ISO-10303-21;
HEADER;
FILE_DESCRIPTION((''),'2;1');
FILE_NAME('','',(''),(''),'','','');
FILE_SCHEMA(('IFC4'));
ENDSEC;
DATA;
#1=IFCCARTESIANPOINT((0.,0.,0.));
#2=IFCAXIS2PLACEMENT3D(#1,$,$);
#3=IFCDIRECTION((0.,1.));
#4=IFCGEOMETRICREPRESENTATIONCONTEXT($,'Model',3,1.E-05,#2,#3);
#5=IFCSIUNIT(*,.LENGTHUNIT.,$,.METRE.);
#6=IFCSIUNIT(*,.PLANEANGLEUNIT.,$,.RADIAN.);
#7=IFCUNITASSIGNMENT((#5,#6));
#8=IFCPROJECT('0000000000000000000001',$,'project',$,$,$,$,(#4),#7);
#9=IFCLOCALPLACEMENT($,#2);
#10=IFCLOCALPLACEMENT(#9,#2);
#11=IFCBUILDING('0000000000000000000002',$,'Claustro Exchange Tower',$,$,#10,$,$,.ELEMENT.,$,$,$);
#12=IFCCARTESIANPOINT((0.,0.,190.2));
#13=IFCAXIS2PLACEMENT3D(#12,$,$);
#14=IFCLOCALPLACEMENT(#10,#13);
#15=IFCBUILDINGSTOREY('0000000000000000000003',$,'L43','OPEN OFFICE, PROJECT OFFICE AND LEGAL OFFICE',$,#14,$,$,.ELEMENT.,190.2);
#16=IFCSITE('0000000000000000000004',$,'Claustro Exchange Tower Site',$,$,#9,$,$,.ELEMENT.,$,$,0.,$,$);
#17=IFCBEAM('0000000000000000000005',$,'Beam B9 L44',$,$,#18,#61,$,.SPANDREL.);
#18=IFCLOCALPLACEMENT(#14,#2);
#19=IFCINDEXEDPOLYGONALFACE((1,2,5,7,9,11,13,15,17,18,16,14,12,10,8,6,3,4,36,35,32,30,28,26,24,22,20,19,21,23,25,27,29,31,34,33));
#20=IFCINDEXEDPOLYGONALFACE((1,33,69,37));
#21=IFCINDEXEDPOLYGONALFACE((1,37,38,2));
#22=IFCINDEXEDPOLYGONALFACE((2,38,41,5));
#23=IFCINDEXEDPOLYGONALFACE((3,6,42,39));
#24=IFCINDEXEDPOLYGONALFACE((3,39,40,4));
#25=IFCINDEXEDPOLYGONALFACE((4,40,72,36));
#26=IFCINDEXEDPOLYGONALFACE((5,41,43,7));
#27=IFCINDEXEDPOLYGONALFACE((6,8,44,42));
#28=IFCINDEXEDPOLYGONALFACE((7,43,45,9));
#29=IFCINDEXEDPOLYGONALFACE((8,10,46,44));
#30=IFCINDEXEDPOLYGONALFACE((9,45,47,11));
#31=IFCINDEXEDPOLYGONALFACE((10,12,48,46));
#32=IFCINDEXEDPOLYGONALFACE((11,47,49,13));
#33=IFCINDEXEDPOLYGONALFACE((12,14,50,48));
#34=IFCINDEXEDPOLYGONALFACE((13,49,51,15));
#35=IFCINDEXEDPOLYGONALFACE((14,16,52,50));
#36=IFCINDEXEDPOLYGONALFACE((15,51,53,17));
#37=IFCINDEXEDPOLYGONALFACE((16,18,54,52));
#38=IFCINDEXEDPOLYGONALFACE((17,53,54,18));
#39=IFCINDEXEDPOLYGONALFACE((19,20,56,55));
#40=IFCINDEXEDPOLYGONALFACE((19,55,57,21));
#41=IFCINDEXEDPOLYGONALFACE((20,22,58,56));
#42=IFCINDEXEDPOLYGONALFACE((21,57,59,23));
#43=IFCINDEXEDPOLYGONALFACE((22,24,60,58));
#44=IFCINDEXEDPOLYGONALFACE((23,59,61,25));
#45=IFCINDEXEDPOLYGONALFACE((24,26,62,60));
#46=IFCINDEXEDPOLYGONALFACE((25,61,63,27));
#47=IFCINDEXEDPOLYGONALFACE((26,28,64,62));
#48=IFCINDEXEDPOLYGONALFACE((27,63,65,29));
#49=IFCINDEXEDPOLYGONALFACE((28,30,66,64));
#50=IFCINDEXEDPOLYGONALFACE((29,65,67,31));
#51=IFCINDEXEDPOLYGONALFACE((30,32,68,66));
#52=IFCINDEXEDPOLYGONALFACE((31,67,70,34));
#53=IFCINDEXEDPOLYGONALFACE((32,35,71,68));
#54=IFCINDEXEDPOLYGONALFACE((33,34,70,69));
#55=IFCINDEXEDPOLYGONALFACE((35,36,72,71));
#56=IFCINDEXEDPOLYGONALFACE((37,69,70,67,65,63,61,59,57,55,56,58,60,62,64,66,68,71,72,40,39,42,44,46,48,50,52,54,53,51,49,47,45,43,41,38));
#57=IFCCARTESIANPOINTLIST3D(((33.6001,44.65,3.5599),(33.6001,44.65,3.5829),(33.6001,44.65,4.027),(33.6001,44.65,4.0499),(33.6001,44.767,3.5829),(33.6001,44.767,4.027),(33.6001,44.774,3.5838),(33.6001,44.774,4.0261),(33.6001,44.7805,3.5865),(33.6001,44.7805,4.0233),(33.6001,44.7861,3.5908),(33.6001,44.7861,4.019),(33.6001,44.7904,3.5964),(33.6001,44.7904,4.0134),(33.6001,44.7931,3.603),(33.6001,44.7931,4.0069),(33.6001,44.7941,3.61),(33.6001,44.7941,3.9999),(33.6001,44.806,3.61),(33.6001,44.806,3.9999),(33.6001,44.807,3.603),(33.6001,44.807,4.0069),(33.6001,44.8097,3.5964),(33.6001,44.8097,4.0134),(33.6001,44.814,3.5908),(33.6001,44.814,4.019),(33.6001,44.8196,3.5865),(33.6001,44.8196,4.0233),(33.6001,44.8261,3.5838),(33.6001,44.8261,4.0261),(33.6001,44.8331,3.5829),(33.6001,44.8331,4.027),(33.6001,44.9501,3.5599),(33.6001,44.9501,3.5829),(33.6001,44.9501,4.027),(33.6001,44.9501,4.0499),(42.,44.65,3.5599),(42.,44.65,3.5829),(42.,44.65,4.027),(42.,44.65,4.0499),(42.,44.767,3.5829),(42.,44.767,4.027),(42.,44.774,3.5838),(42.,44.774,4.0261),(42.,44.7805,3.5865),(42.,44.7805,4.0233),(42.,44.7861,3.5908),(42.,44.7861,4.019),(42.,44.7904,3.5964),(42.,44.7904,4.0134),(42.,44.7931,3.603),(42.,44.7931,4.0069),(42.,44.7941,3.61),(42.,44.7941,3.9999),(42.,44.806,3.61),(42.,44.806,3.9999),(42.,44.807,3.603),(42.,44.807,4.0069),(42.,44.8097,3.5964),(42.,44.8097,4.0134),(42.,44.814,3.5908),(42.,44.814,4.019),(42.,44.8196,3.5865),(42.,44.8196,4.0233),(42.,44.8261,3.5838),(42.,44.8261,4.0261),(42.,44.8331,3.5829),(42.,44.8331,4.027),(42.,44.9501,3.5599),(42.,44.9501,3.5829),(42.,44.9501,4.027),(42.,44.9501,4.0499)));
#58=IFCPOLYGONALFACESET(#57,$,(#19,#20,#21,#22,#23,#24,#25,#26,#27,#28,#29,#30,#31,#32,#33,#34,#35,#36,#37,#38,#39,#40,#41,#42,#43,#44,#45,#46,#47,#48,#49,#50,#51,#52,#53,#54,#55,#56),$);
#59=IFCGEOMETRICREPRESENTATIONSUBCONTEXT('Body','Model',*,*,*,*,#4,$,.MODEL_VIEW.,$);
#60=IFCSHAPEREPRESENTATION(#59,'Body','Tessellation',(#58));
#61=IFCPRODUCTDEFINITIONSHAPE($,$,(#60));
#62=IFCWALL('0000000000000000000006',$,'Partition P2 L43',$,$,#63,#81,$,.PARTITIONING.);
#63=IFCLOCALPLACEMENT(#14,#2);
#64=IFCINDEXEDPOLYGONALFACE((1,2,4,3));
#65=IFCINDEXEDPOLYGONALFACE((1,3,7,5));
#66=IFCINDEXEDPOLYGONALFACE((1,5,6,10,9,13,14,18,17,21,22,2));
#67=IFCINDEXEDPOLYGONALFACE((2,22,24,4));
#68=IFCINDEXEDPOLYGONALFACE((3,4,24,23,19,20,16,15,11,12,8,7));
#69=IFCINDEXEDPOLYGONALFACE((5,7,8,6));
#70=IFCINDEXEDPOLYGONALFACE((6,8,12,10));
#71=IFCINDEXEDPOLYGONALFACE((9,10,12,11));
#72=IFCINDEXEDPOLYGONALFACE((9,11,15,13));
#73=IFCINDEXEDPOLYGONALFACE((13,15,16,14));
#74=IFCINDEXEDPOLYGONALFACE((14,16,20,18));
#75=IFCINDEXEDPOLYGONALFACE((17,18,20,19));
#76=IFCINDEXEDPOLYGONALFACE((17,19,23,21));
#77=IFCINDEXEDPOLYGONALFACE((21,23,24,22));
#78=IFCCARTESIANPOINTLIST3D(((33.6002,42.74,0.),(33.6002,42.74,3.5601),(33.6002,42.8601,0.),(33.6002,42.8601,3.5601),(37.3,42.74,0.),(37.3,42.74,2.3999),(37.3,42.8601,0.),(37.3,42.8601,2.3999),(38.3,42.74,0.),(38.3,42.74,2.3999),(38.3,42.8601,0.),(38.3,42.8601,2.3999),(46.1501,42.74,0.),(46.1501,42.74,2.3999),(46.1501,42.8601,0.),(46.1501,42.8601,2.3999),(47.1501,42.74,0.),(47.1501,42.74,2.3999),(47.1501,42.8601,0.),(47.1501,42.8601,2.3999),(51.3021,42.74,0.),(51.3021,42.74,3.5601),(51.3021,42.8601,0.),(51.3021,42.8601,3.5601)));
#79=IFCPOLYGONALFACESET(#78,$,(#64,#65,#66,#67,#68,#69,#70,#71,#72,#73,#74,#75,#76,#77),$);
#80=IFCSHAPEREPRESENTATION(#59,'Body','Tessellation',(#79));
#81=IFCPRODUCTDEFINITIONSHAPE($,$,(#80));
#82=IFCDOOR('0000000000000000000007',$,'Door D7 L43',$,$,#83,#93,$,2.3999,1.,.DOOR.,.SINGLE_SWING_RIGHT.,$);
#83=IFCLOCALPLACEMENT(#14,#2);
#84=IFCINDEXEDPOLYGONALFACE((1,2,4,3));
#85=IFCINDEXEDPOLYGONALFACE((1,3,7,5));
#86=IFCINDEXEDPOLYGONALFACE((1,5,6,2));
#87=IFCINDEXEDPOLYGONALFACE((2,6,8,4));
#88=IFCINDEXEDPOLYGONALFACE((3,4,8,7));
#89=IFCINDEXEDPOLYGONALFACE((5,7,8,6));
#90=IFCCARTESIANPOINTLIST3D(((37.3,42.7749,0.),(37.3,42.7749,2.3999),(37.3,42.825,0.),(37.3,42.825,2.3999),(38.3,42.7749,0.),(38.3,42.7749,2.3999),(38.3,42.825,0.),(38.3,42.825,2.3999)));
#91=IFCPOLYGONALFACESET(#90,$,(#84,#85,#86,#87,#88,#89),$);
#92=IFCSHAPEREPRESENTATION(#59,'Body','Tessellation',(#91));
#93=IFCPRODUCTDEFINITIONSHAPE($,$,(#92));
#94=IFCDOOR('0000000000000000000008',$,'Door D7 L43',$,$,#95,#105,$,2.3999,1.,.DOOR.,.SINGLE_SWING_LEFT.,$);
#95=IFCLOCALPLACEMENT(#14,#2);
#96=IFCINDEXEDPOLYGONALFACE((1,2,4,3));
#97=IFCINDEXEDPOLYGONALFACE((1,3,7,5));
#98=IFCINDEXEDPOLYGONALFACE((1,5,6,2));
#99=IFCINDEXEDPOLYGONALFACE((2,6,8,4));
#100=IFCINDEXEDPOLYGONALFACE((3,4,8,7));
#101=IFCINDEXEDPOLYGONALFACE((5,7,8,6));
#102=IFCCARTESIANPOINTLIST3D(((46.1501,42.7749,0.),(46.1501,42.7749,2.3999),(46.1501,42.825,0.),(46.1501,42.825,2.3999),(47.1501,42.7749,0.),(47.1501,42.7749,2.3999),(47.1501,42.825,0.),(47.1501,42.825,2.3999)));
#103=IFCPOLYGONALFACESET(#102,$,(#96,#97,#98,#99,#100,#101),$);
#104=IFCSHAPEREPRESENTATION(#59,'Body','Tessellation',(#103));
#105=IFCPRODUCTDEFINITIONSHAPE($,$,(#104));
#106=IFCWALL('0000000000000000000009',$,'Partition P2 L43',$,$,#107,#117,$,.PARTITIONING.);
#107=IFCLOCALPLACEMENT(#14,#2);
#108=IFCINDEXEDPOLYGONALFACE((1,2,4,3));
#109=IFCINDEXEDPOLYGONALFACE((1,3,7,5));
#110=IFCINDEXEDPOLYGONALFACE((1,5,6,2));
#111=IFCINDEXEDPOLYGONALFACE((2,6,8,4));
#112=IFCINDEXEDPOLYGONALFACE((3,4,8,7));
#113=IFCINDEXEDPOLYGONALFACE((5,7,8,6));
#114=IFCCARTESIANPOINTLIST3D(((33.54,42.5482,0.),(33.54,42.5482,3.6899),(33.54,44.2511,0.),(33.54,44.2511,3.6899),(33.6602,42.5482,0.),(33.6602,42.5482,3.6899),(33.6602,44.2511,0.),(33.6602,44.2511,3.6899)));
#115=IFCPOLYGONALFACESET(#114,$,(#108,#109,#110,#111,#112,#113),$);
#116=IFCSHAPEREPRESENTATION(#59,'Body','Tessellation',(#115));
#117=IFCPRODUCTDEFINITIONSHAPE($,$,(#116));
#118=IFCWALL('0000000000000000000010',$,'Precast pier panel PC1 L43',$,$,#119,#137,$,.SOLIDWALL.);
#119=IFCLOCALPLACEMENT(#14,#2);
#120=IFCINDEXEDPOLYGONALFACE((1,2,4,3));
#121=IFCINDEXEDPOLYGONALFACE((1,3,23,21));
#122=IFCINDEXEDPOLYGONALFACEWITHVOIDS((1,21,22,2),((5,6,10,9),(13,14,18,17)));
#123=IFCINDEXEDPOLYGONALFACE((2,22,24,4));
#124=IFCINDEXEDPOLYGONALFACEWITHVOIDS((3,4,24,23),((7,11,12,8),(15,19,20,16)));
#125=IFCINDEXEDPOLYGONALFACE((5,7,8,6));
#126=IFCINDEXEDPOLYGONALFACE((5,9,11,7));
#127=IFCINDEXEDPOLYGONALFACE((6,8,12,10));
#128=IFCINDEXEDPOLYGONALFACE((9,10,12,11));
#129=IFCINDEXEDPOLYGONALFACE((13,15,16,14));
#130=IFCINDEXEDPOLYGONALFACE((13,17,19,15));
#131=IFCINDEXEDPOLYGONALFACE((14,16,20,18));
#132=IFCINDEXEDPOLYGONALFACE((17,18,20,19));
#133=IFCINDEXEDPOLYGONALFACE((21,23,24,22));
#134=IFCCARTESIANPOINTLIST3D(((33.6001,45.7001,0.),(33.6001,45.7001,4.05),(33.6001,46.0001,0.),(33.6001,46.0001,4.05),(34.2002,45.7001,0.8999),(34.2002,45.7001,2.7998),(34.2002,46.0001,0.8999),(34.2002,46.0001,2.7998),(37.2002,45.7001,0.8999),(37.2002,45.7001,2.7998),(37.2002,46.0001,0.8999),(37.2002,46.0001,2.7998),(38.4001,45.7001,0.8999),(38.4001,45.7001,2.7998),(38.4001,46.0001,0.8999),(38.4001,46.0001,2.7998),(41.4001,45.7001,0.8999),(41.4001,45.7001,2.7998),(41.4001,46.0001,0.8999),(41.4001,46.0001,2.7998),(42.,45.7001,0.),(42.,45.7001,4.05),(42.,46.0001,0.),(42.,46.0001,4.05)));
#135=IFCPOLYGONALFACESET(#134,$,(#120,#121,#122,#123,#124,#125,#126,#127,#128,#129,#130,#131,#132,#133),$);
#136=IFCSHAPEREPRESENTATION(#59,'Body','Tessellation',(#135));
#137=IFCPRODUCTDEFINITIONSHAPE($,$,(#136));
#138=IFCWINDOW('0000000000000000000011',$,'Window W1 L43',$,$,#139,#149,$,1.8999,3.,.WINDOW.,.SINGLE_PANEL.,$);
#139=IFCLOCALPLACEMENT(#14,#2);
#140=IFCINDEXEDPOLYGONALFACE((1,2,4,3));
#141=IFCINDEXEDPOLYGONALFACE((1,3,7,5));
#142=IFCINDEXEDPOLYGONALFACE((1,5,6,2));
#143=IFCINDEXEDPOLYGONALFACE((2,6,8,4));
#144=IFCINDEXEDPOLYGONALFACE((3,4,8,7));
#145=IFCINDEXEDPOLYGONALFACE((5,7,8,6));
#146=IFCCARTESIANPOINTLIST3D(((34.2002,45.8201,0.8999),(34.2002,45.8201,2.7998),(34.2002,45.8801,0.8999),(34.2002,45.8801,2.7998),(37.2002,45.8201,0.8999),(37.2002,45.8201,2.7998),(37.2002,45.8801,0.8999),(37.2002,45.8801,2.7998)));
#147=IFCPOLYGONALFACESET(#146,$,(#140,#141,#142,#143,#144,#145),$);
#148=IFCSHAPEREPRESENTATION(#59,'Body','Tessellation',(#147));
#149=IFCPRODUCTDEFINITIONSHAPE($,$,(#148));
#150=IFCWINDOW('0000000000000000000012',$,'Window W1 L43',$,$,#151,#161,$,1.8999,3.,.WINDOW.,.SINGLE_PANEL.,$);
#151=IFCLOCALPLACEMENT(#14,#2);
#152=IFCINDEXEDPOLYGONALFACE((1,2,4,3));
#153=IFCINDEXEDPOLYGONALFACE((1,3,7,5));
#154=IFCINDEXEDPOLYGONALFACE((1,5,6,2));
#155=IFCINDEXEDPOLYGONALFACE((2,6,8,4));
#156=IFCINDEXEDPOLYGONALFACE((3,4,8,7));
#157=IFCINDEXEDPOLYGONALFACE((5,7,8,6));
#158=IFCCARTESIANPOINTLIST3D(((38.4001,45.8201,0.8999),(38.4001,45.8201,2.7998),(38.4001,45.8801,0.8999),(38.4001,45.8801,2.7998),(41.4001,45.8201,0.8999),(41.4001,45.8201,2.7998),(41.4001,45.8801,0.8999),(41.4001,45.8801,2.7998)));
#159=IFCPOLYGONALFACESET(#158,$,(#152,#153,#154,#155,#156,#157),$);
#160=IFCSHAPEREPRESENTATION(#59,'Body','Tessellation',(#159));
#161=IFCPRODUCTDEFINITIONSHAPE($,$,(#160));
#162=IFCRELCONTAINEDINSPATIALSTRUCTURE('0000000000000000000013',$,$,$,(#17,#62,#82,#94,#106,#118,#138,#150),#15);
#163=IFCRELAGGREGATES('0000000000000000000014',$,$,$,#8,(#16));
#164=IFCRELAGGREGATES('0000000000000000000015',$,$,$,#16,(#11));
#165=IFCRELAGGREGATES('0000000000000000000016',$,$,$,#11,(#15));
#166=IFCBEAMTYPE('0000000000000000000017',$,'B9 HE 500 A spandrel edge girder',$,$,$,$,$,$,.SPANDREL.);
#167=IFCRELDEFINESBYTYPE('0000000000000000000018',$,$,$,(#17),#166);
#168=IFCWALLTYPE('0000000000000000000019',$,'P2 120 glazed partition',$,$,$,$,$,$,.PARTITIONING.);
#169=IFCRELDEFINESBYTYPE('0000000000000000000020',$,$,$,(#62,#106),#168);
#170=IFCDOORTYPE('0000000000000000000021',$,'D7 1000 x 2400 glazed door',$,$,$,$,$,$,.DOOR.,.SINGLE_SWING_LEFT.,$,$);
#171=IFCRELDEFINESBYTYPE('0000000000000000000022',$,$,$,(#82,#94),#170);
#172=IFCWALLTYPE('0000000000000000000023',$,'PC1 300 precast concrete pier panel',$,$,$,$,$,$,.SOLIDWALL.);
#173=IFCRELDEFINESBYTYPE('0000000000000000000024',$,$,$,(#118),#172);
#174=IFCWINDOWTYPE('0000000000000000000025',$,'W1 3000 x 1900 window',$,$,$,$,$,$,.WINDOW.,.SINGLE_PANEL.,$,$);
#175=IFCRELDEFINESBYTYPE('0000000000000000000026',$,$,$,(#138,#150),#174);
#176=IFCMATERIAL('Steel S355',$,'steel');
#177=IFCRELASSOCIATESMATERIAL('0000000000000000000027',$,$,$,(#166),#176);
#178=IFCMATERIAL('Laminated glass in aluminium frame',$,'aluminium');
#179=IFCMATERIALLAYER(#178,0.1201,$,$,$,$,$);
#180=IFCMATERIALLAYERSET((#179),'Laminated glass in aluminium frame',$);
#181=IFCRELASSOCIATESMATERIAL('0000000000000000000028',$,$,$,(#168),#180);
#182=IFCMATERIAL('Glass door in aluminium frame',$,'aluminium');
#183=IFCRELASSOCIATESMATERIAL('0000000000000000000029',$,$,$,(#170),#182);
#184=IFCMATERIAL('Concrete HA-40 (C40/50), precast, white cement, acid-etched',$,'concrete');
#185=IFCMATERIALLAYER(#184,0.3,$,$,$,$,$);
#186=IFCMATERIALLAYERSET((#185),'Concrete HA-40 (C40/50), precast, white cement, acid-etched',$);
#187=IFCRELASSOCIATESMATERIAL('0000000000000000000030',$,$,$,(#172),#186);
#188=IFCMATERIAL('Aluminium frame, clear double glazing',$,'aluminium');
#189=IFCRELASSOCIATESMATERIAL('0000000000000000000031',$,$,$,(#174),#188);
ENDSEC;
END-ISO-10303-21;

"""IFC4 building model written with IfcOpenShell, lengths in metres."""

from ifc_helpers import new_model, si_unit, direction, frame, frame_2d, origin, origin_2d, place, context, subcontext, project, spatial, rectangle, i_section, extrude, material, layer, layer_set, material_profile, profile_set, type_object, element, fill, save


model = new_model("IFC4")

# Units and contexts
model_context = context("Model", 3, precision=1e-05, world=origin(), true_north=direction((0.0, 1.0)))
body_context = subcontext(model_context, "Body", "Model", "MODEL_VIEW")
ifc_project = project(units=[si_unit("LENGTHUNIT", "METRE"), si_unit("PLANEANGLEUNIT", "RADIAN")], contexts=[model_context])

# Site, building, storey
site_placement = place(None, origin())
site = spatial("IfcSite", under=ifc_project, at=site_placement, Name="Claustro Exchange Tower Site", CompositionType="ELEMENT", RefElevation=0.0)
building_placement = place(site_placement, origin())
building = spatial("IfcBuilding", under=site, at=building_placement, Name="Claustro Exchange Tower", CompositionType="ELEMENT")
storey_placement = place(building_placement, frame((0.0, 0.0, 190.2)))
storey = spatial("IfcBuildingStorey", under=building, at=storey_placement, Name="L43", Description="OPEN OFFICE, PROJECT OFFICE AND LEGAL OFFICE", CompositionType="ELEMENT", Elevation=190.2)

# Beam
ifc_material_1 = material(Name="Steel S355", Category="steel")
ifc_material_profile_1 = material_profile(ifc_material_1, i_section(OverallWidth=0.3, OverallDepth=0.49, WebThickness=0.012, FlangeThickness=0.0229, FilletRadius=0.0271, at=origin_2d()), Name="HE 500 A")
ifc_profile_set_1 = profile_set([ifc_material_profile_1], Name="Steel S355")
beam_type_1 = type_object("IfcBeamType", Name="B9 HE 500 A spandrel edge girder", PredefinedType="SPANDREL", material=ifc_profile_set_1)
beam_1_placement = place(storey_placement, frame((33.6001, 44.8, 3.8049), z_axis=(1.0, 0.0, 0.0), x_axis=(0.0, 1.0, 0.0)))
element("IfcBeam", 1, at=beam_1_placement, inside=storey, type_object=beam_type_1, Name="Beam B9 L44", PredefinedType="SPANDREL", context=body_context, shape_type="SweptSolid", body=[
    extrude(i_section(OverallWidth=0.3, OverallDepth=0.49, WebThickness=0.012, FlangeThickness=0.0229, FilletRadius=0.0271, at=origin_2d()), origin(), (0.0, 0.0, 1.0), 8.3999),
])

# Wall, openings, doors
ifc_material_2 = material(Name="Laminated glass in aluminium frame", Category="aluminium")
ifc_layer_1 = layer(ifc_material_2, 0.1201)
ifc_layer_set_1 = layer_set([ifc_layer_1], Name="Laminated glass in aluminium frame")
wall_type_1 = type_object("IfcWallType", Name="P2 120 glazed partition", PredefinedType="PARTITIONING", material=ifc_layer_set_1)
wall_1_placement = place(storey_placement, frame((33.6001, 42.8, 0.0), z_axis=(0.0, 0.0, 1.0), x_axis=(1.0, 0.0, 0.0)))
wall_1 = element("IfcWall", 2, at=wall_1_placement, inside=storey, type_object=wall_type_1, Name="Partition P2 L43", PredefinedType="PARTITIONING", context=body_context, shape_type="SweptSolid", body=[
    extrude(rectangle(XDim=17.7019, YDim=0.1201, at=frame_2d((8.8511, 0.0))), origin(), (0.0, 0.0, 1.0), 3.5601),
])
opening_1_placement = place(wall_1_placement, frame((3.7, 0.0, 0.0)))
opening_1 = element("IfcOpeningElement", 3, at=opening_1_placement, cuts=wall_1, PredefinedType="OPENING", context=body_context, shape_type="SweptSolid", body=[
    extrude(rectangle(XDim=1.0, YDim=2.3999, at=frame_2d((0.5, 1.2))), frame((0.0, 0.0701, 0.0), z_axis=(0.0, -1.0, 0.0), x_axis=(1.0, 0.0, 0.0)), (0.0, 0.0, 1.0), 0.1401),
])
opening_2_placement = place(wall_1_placement, frame((12.55, 0.0, 0.0)))
opening_2 = element("IfcOpeningElement", 4, at=opening_2_placement, cuts=wall_1, PredefinedType="OPENING", context=body_context, shape_type="SweptSolid", body=[
    extrude(rectangle(XDim=1.0, YDim=2.3999, at=frame_2d((0.5, 1.2))), frame((0.0, 0.0701, 0.0), z_axis=(0.0, -1.0, 0.0), x_axis=(1.0, 0.0, 0.0)), (0.0, 0.0, 1.0), 0.1401),
])
ifc_material_3 = material(Name="Glass door in aluminium frame", Category="aluminium")
door_type_1 = type_object("IfcDoorType", Name="D7 1000 x 2400 glazed door", OperationType="SINGLE_SWING_LEFT", PredefinedType="DOOR", material=ifc_material_3)
door_1_placement = place(opening_1_placement, origin())
door_1 = element("IfcDoor", 5, at=door_1_placement, inside=storey, type_object=door_type_1, Name="Door D7 L43", OperationType="SINGLE_SWING_RIGHT", OverallHeight=2.3999, OverallWidth=1.0, PredefinedType="DOOR", context=body_context, shape_type="SweptSolid", body=[
    extrude(rectangle(XDim=1.0, YDim=2.3999, at=frame_2d((0.5, 1.2))), frame((0.0, 0.0249, 0.0), z_axis=(0.0, -1.0, 0.0), x_axis=(1.0, 0.0, 0.0)), (0.0, 0.0, 1.0), 0.05),
])
fill(opening_1, door_1)
door_2_placement = place(opening_2_placement, origin())
door_2 = element("IfcDoor", 6, at=door_2_placement, inside=storey, type_object=door_type_1, Name="Door D7 L43", OperationType="SINGLE_SWING_LEFT", OverallHeight=2.3999, OverallWidth=1.0, PredefinedType="DOOR", context=body_context, shape_type="SweptSolid", body=[
    extrude(rectangle(XDim=1.0, YDim=2.3999, at=frame_2d((0.5, 1.2))), frame((0.0, 0.0249, 0.0), z_axis=(0.0, -1.0, 0.0), x_axis=(1.0, 0.0, 0.0)), (0.0, 0.0, 1.0), 0.05),
])
fill(opening_2, door_2)

# Wall
wall_2_placement = place(storey_placement, frame((33.6001, 42.5481, 0.0), z_axis=(0.0, 0.0, 1.0), x_axis=(0.0, 1.0, 0.0)))
element("IfcWall", 7, at=wall_2_placement, inside=storey, type_object=wall_type_1, Name="Partition P2 L43", PredefinedType="PARTITIONING", context=body_context, shape_type="SweptSolid", body=[
    extrude(rectangle(XDim=1.7029, YDim=0.1201, at=frame_2d((0.8516, 0.0))), origin(), (0.0, 0.0, 1.0), 3.6899),
])

# Wall, openings, windows
ifc_material_4 = material(Name="Concrete HA-40 (C40/50), precast, white cement, acid-etched", Category="concrete")
ifc_layer_2 = layer(ifc_material_4, 0.3)
ifc_layer_set_2 = layer_set([ifc_layer_2], Name="Concrete HA-40 (C40/50), precast, white cement, acid-etched")
wall_type_2 = type_object("IfcWallType", Name="PC1 300 precast concrete pier panel", PredefinedType="SOLIDWALL", material=ifc_layer_set_2)
wall_3_placement = place(storey_placement, frame((33.6001, 45.8501, 0.0), z_axis=(0.0, 0.0, 1.0), x_axis=(1.0, 0.0, 0.0)))
wall_3 = element("IfcWall", 8, at=wall_3_placement, inside=storey, type_object=wall_type_2, Name="Precast pier panel PC1 L43", PredefinedType="SOLIDWALL", context=body_context, shape_type="SweptSolid", body=[
    extrude(rectangle(XDim=8.3999, YDim=0.3, at=frame_2d((4.2, 0.0))), origin(), (0.0, 0.0, 1.0), 4.05),
])
opening_3_placement = place(wall_3_placement, frame((0.6001, 0.0, 0.8999)))
opening_3 = element("IfcOpeningElement", 9, at=opening_3_placement, cuts=wall_3, PredefinedType="OPENING", context=body_context, shape_type="SweptSolid", body=[
    extrude(rectangle(XDim=3.0, YDim=1.8999, at=frame_2d((1.5, 0.95))), frame((0.0, 0.1599, 0.0), z_axis=(0.0, -1.0, 0.0), x_axis=(1.0, 0.0, 0.0)), (0.0, 0.0, 1.0), 0.3201),
])
opening_4_placement = place(wall_3_placement, frame((4.8, 0.0, 0.8999)))
opening_4 = element("IfcOpeningElement", 10, at=opening_4_placement, cuts=wall_3, PredefinedType="OPENING", context=body_context, shape_type="SweptSolid", body=[
    extrude(rectangle(XDim=3.0, YDim=1.8999, at=frame_2d((1.5, 0.95))), frame((0.0, 0.1599, 0.0), z_axis=(0.0, -1.0, 0.0), x_axis=(1.0, 0.0, 0.0)), (0.0, 0.0, 1.0), 0.3201),
])
ifc_material_5 = material(Name="Aluminium frame, clear double glazing", Category="aluminium")
window_type = type_object("IfcWindowType", Name="W1 3000 x 1900 window", PartitioningType="SINGLE_PANEL", PredefinedType="WINDOW", material=ifc_material_5)
window_1_placement = place(opening_3_placement, origin())
window_1 = element("IfcWindow", 11, at=window_1_placement, inside=storey, type_object=window_type, Name="Window W1 L43", OverallHeight=1.8999, OverallWidth=3.0, PartitioningType="SINGLE_PANEL", PredefinedType="WINDOW", context=body_context, shape_type="SweptSolid", body=[
    extrude(rectangle(XDim=3.0, YDim=1.8999, at=frame_2d((1.5, 0.95))), frame((0.0, 0.03, 0.0), z_axis=(0.0, -1.0, 0.0), x_axis=(1.0, 0.0, 0.0)), (0.0, 0.0, 1.0), 0.0601),
])
fill(opening_3, window_1)
window_2_placement = place(opening_4_placement, origin())
window_2 = element("IfcWindow", 12, at=window_2_placement, inside=storey, type_object=window_type, Name="Window W1 L43", OverallHeight=1.8999, OverallWidth=3.0, PartitioningType="SINGLE_PANEL", PredefinedType="WINDOW", context=body_context, shape_type="SweptSolid", body=[
    extrude(rectangle(XDim=3.0, YDim=1.8999, at=frame_2d((1.5, 0.95))), frame((0.0, 0.03, 0.0), z_axis=(0.0, -1.0, 0.0), x_axis=(1.0, 0.0, 0.0)), (0.0, 0.0, 1.0), 0.0601),
])
fill(opening_4, window_2)

save(model, "model.ifc")
